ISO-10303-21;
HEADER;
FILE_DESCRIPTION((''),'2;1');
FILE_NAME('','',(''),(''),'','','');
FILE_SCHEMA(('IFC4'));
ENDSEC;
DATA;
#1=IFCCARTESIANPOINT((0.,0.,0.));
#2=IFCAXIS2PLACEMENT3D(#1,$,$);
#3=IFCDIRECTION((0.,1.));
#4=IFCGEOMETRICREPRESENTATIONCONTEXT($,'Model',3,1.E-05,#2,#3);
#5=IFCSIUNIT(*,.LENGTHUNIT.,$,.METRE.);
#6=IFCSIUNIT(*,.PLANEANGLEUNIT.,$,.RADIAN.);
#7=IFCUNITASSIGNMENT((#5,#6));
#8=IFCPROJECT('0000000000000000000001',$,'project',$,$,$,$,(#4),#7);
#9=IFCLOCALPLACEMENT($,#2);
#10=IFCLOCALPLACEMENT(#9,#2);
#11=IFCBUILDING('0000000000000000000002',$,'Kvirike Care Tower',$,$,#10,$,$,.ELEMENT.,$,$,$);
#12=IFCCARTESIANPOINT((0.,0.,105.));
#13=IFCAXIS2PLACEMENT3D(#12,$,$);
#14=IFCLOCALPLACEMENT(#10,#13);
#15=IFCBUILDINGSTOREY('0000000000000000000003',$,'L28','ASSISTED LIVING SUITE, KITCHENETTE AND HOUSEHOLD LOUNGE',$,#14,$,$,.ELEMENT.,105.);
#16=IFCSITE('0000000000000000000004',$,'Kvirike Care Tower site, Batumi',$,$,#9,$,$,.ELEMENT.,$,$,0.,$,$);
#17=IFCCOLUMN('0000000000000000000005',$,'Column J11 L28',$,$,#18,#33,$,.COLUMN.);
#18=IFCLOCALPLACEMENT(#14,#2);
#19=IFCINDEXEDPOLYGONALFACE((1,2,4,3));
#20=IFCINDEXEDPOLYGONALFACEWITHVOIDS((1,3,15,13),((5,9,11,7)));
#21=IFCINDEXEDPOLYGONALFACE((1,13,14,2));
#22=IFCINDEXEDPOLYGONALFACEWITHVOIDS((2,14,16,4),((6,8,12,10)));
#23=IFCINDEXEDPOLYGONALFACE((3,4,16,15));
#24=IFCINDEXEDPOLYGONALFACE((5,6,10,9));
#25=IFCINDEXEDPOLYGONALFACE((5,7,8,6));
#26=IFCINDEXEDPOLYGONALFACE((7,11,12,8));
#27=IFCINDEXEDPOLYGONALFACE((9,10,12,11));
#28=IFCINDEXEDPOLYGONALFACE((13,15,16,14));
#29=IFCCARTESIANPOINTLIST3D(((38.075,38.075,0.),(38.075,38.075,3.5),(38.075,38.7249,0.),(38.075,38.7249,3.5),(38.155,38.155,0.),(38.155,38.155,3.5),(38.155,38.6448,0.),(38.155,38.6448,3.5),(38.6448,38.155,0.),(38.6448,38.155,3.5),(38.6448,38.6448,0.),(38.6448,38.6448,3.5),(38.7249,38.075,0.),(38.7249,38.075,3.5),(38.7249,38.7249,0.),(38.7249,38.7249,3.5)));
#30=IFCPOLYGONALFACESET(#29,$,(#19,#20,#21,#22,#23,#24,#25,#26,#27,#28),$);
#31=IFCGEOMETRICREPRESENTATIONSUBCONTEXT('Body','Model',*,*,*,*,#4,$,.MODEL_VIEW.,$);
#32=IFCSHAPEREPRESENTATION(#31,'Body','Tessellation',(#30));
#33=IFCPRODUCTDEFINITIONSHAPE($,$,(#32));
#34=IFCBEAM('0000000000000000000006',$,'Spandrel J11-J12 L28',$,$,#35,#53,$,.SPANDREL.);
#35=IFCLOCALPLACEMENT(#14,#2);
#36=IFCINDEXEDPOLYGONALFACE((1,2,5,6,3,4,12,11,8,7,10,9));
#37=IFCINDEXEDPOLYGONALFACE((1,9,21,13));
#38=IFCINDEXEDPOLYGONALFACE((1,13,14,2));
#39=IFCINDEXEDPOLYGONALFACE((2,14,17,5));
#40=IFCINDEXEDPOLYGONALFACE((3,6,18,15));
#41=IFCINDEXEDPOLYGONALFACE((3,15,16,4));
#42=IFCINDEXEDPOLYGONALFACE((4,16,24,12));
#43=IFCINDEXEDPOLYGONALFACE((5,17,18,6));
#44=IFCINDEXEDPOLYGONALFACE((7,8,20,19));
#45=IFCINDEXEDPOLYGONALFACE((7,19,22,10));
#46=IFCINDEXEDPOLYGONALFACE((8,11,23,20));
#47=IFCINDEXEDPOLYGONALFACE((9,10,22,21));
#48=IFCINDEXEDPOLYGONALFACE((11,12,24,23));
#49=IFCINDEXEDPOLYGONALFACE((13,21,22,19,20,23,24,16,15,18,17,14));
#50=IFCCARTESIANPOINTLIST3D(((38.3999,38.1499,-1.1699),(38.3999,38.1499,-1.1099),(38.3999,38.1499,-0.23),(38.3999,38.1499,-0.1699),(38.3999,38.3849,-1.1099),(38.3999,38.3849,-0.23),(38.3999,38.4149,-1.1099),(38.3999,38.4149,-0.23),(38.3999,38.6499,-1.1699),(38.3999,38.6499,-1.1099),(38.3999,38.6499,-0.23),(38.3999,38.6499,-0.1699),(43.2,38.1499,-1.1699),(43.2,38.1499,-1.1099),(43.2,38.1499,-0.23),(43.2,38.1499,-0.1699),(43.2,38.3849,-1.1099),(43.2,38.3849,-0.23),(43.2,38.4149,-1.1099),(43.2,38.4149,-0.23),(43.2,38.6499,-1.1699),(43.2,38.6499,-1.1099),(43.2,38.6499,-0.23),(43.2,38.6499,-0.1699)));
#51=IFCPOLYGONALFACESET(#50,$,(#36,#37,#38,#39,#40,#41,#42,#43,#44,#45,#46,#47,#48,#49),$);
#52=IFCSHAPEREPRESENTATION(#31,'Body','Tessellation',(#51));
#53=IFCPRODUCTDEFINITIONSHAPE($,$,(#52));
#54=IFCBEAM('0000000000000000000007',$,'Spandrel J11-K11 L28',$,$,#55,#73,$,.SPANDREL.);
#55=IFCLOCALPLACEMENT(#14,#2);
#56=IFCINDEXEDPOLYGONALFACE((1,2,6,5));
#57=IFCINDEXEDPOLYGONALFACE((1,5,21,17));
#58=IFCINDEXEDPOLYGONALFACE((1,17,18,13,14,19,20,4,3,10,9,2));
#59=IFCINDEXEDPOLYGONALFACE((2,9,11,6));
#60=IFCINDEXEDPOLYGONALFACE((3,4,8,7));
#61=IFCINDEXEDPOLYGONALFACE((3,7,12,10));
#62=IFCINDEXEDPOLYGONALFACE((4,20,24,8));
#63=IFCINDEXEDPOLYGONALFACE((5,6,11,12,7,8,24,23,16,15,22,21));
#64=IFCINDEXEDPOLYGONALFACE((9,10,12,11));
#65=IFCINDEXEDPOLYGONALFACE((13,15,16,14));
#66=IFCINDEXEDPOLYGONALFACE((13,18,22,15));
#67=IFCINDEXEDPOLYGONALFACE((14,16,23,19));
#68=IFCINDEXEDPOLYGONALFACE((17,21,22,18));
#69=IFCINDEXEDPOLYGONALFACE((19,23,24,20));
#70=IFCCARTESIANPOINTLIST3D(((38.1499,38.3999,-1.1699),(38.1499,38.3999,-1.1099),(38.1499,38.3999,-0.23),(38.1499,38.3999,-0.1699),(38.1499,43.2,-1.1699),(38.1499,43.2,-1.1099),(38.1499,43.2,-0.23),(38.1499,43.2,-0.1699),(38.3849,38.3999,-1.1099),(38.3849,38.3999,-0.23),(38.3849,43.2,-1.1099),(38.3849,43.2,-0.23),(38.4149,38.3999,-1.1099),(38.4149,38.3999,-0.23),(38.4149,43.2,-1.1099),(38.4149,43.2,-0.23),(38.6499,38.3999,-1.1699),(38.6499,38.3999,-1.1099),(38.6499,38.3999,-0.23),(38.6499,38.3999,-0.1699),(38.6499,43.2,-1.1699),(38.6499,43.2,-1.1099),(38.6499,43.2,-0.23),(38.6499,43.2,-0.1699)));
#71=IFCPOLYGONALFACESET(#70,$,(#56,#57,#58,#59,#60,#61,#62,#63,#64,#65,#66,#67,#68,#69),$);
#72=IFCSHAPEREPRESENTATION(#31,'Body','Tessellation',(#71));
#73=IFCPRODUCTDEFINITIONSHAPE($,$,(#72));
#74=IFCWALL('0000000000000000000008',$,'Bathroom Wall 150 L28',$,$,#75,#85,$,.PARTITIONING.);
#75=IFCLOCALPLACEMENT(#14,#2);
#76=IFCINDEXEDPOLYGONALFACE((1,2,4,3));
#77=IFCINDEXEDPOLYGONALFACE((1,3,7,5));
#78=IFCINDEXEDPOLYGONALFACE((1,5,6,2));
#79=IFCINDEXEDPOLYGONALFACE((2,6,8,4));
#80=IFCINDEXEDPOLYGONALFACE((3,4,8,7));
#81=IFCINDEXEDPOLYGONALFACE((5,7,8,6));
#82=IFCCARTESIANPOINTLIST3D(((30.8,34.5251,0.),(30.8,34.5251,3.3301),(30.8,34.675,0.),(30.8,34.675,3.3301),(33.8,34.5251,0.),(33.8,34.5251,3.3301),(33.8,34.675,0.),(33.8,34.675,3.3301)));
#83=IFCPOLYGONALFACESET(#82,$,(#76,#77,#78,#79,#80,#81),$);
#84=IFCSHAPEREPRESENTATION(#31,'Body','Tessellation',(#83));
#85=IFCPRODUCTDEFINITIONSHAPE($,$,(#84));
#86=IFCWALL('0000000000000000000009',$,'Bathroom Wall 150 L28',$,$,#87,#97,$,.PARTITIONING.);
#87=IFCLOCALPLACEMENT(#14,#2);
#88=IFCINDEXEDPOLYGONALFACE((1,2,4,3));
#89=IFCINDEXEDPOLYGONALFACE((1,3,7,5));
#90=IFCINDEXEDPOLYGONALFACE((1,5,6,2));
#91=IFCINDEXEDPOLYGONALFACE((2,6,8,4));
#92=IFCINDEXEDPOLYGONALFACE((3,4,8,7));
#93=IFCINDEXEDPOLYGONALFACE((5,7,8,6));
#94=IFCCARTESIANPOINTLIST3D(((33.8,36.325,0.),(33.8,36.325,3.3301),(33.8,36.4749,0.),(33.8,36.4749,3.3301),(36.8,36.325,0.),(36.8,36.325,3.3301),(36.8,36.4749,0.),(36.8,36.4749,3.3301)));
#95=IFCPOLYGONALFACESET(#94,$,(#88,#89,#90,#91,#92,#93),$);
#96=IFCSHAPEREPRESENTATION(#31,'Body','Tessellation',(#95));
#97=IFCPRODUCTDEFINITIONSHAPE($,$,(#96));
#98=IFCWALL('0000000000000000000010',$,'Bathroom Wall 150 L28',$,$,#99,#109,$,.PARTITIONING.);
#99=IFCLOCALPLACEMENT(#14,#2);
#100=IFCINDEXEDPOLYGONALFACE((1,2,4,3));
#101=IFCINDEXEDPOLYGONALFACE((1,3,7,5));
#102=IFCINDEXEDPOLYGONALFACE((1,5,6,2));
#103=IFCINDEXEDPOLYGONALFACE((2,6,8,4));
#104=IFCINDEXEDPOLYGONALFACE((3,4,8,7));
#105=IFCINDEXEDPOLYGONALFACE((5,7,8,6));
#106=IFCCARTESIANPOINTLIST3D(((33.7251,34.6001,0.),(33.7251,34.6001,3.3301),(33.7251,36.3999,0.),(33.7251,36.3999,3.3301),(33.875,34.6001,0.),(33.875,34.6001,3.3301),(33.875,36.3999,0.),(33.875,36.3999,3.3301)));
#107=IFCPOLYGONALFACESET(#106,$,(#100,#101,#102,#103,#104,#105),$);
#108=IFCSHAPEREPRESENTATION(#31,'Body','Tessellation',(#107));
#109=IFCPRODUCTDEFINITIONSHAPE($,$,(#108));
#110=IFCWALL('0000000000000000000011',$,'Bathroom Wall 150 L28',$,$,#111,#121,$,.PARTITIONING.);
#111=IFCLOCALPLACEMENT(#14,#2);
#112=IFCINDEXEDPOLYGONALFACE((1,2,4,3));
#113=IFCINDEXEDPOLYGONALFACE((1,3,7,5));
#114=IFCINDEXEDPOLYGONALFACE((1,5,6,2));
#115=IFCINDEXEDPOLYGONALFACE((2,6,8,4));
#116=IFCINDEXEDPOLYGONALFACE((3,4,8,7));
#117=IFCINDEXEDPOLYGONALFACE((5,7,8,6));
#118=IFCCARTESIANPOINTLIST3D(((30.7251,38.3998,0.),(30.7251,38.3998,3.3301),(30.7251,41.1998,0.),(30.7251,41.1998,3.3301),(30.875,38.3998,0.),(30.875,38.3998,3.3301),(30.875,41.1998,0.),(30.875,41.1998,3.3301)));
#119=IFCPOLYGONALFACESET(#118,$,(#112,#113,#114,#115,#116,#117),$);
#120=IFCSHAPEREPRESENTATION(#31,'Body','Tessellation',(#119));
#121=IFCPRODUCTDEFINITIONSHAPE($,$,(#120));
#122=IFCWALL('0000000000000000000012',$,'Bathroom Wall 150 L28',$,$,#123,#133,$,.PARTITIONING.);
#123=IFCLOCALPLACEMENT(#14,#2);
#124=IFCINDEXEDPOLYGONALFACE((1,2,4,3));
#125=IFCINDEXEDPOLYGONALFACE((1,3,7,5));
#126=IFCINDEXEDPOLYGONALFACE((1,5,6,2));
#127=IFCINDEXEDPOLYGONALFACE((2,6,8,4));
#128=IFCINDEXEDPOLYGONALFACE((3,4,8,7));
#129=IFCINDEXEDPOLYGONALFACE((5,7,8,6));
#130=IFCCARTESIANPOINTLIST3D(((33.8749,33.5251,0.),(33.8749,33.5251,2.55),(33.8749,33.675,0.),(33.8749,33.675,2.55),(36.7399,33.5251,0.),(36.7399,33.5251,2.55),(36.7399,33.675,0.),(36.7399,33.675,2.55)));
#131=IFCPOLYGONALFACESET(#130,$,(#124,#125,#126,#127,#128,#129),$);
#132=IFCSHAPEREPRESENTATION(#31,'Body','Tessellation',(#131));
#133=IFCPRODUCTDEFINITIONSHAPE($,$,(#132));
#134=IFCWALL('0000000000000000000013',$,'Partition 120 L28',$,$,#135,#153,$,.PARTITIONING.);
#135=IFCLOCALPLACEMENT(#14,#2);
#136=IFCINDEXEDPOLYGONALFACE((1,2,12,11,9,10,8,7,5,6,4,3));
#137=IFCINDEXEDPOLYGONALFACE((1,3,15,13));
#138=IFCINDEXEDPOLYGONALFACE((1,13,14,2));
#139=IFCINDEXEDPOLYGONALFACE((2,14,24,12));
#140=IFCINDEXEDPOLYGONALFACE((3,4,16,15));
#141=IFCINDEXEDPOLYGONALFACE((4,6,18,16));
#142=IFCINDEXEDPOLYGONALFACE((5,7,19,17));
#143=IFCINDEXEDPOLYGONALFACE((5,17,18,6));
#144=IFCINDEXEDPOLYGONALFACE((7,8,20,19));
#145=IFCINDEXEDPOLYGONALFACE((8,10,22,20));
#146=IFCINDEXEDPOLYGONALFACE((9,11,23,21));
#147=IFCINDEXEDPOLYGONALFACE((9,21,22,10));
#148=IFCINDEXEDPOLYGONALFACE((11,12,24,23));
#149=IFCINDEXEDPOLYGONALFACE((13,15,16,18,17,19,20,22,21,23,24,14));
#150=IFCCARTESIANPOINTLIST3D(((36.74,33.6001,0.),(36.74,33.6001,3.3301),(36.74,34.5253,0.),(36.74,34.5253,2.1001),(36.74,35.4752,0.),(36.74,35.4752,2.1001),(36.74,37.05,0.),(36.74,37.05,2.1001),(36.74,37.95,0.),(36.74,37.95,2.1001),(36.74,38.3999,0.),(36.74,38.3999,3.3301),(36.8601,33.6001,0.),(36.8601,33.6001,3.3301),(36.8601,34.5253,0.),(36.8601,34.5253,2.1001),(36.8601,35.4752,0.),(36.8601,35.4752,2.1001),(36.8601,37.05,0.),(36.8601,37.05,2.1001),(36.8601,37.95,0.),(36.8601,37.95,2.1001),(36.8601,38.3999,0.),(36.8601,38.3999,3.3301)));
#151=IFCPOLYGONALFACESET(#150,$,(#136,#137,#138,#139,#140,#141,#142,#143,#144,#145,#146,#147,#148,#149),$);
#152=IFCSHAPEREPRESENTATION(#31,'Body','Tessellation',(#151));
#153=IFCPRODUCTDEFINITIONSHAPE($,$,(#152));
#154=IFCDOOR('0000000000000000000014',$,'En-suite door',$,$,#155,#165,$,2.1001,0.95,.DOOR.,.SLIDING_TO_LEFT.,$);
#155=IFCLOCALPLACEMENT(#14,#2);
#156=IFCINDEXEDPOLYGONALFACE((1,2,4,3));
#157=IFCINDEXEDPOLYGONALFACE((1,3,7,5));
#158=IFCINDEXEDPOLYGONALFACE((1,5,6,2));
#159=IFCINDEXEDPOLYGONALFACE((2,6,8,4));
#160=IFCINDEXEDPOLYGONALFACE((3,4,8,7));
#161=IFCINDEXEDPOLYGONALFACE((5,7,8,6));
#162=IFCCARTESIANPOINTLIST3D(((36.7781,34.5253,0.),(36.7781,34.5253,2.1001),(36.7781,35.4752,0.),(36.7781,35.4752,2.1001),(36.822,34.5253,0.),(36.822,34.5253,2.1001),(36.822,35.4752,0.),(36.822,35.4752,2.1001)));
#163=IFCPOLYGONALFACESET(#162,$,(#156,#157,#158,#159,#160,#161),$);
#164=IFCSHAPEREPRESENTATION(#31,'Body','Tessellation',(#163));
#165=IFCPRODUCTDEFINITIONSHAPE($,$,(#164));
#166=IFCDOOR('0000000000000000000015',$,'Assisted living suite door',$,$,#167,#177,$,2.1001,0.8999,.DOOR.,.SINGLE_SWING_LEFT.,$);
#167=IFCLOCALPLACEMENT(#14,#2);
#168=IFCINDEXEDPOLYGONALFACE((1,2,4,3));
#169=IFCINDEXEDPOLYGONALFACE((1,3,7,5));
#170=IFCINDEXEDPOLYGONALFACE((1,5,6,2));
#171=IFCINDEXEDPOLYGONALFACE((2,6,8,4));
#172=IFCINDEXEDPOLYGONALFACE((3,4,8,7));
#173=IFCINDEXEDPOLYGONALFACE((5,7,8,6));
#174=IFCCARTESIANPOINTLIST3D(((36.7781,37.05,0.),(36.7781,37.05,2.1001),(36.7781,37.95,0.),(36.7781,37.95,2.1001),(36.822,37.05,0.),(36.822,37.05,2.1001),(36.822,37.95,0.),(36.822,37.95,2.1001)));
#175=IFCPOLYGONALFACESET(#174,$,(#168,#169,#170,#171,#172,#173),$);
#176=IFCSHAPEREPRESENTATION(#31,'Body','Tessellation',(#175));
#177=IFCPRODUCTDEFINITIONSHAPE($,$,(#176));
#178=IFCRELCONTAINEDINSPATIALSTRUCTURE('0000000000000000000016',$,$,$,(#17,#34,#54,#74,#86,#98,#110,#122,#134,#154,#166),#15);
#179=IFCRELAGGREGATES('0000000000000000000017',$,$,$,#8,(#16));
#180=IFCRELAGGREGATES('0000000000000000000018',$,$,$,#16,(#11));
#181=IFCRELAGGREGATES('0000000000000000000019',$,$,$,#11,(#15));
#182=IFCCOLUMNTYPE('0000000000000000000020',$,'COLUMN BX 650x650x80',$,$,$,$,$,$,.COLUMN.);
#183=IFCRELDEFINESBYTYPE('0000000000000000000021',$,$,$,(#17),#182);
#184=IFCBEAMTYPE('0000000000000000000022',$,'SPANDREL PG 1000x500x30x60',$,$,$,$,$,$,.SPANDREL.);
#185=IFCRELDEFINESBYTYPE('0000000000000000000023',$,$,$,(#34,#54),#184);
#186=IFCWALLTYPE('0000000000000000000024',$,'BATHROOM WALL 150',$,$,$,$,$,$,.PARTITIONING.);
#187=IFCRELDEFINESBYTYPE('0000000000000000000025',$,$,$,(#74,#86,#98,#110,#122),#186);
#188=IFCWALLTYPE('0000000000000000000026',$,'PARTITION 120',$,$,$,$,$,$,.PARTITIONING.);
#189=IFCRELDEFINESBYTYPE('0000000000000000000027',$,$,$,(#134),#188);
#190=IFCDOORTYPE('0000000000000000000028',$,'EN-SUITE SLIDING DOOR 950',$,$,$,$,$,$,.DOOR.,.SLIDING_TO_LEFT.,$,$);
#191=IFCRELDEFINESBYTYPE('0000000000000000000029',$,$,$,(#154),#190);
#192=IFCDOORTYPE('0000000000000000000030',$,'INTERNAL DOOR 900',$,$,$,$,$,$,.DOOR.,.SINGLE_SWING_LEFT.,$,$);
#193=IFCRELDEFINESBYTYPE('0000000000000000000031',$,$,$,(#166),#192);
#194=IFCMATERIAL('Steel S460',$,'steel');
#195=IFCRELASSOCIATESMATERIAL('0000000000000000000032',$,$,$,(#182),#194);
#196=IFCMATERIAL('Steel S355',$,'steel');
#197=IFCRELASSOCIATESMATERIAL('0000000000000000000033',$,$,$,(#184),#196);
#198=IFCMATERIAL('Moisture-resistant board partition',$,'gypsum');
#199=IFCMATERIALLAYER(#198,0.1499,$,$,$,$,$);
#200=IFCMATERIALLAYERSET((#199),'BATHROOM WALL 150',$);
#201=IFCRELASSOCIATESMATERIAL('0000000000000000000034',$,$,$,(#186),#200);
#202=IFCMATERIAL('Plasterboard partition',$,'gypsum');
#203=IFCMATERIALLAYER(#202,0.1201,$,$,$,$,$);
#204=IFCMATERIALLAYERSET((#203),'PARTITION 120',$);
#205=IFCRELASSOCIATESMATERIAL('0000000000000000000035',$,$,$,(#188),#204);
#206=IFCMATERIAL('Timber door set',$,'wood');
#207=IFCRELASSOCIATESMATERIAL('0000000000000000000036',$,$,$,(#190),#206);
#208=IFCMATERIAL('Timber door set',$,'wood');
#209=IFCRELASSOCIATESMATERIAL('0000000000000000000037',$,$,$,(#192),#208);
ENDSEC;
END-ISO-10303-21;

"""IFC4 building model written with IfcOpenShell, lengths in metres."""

from ifc_helpers import new_model, si_unit, direction, frame, frame_2d, origin, origin_2d, place, context, subcontext, project, spatial, rectangle, hollow_rectangle, i_section, extrude, material, layer, layer_set, material_profile, profile_set, type_object, element, fill, save


model = new_model("IFC4")

# Units and contexts
model_context = context("Model", 3, precision=1e-05, world=origin(), true_north=direction((0.0, 1.0)))
body_context = subcontext(model_context, "Body", "Model", "MODEL_VIEW")
ifc_project = project(units=[si_unit("LENGTHUNIT", "METRE"), si_unit("PLANEANGLEUNIT", "RADIAN")], contexts=[model_context])

# Site, building, storey
site_placement = place(None, origin())
site = spatial("IfcSite", under=ifc_project, at=site_placement, Name="Kvirike Care Tower site, Batumi", CompositionType="ELEMENT", RefElevation=0.0)
building_placement = place(site_placement, origin())
building = spatial("IfcBuilding", under=site, at=building_placement, Name="Kvirike Care Tower", CompositionType="ELEMENT")
storey_placement = place(building_placement, frame((0.0, 0.0, 105.0)))
storey = spatial("IfcBuildingStorey", under=building, at=storey_placement, Name="L28", Description="ASSISTED LIVING SUITE, KITCHENETTE AND HOUSEHOLD LOUNGE", CompositionType="ELEMENT", Elevation=105.0)

# Column
ifc_material_1 = material(Name="Steel S460", Category="steel")
ifc_material_profile_1 = material_profile(ifc_material_1, hollow_rectangle(XDim=0.6499, YDim=0.6499, WallThickness=0.0801, at=origin_2d()), Name="BX 650x650x80")
ifc_profile_set_1 = profile_set([ifc_material_profile_1], Name="Steel S460")
column_type = type_object("IfcColumnType", Name="COLUMN BX 650x650x80", PredefinedType="COLUMN", material=ifc_profile_set_1)
column_placement = place(storey_placement, frame((38.3999, 38.3999, 0.0), z_axis=(0.0, 0.0, 1.0), x_axis=(0.0, 1.0, 0.0)))
element("IfcColumn", 1, at=column_placement, inside=storey, type_object=column_type, Name="Column J11 L28", PredefinedType="COLUMN", context=body_context, shape_type="SweptSolid", body=[
    extrude(hollow_rectangle(XDim=0.6499, YDim=0.6499, WallThickness=0.0801, at=origin_2d()), origin(), (0.0, 0.0, 1.0), 3.5),
])

# Beams
ifc_material_2 = material(Name="Steel S355", Category="steel")
ifc_material_profile_2 = material_profile(ifc_material_2, i_section(OverallWidth=0.5, OverallDepth=1.0, WebThickness=0.03, FlangeThickness=0.0601, at=origin_2d()), Name="PG 1000x500x30x60")
ifc_profile_set_2 = profile_set([ifc_material_profile_2], Name="Steel S355")
beam_type = type_object("IfcBeamType", Name="SPANDREL PG 1000x500x30x60", PredefinedType="SPANDREL", material=ifc_profile_set_2)
for number, where, z_axis, x_axis, name in (
    (2, (38.3999, 38.3999, -0.6699), (1.0, 0.0, 0.0), (0.0, 1.0, 0.0), "Spandrel J11-J12 L28"),
    (3, (38.3999, 38.3999, -0.6699), (0.0, 1.0, 0.0), (-1.0, 0.0, 0.0), "Spandrel J11-K11 L28"),
):
    element("IfcBeam", number, at=place(storey_placement, frame(where, z_axis=z_axis, x_axis=x_axis)), inside=storey, type_object=beam_type, Name=name, PredefinedType="SPANDREL", context=body_context, shape_type="SweptSolid", body=[
        extrude(i_section(OverallWidth=0.5, OverallDepth=1.0, WebThickness=0.03, FlangeThickness=0.0601, at=origin_2d()), origin(), (0.0, 0.0, 1.0), 4.8),
    ])

# Walls
ifc_material_3 = material(Name="Moisture-resistant board partition", Category="gypsum")
ifc_layer_1 = layer(ifc_material_3, 0.1499)
ifc_layer_set_1 = layer_set([ifc_layer_1], Name="BATHROOM WALL 150")
wall_type_1 = type_object("IfcWallType", Name="BATHROOM WALL 150", PredefinedType="PARTITIONING", material=ifc_layer_set_1)
for number, where, z_axis, x_axis, name in (
    (4, (33.8, 34.6001, 0.0), (0.0, 0.0, 1.0), (-1.0, 0.0, 0.0), "Bathroom Wall 150 L28"),
    (5, (36.8, 36.3999, 0.0), (0.0, 0.0, 1.0), (-1.0, 0.0, 0.0), "Bathroom Wall 150 L28"),
):
    element("IfcWall", number, at=place(storey_placement, frame(where, z_axis=z_axis, x_axis=x_axis)), inside=storey, type_object=wall_type_1, Name=name, PredefinedType="PARTITIONING", context=body_context, shape_type="SweptSolid", body=[
        extrude(rectangle(XDim=3.0, YDim=0.1499, at=frame_2d((1.5, 0.0))), origin(), (0.0, 0.0, 1.0), 3.3301),
    ])
wall_1_placement = place(storey_placement, frame((33.8, 34.6001, 0.0), z_axis=(0.0, 0.0, 1.0), x_axis=(0.0, 1.0, 0.0)))
element("IfcWall", 6, at=wall_1_placement, inside=storey, type_object=wall_type_1, Name="Bathroom Wall 150 L28", PredefinedType="PARTITIONING", context=body_context, shape_type="SweptSolid", body=[
    extrude(rectangle(XDim=1.7998, YDim=0.1499, at=frame_2d((0.8999, 0.0))), origin(), (0.0, 0.0, 1.0), 3.3301),
])
wall_2_placement = place(storey_placement, frame((30.8, 38.3999, 0.0), z_axis=(0.0, 0.0, 1.0), x_axis=(0.0, 1.0, 0.0)))
element("IfcWall", 7, at=wall_2_placement, inside=storey, type_object=wall_type_1, Name="Bathroom Wall 150 L28", PredefinedType="PARTITIONING", context=body_context, shape_type="SweptSolid", body=[
    extrude(rectangle(XDim=2.8, YDim=0.1499, at=frame_2d((1.3999, 0.0))), origin(), (0.0, 0.0, 1.0), 3.3301),
])
wall_3_placement = place(storey_placement, frame((36.74, 33.6001, 0.0), z_axis=(0.0, 0.0, 1.0), x_axis=(-1.0, 0.0, 0.0)))
element("IfcWall", 8, at=wall_3_placement, inside=storey, type_object=wall_type_1, Name="Bathroom Wall 150 L28", PredefinedType="PARTITIONING", context=body_context, shape_type="SweptSolid", body=[
    extrude(rectangle(XDim=2.865, YDim=0.1499, at=frame_2d((1.4326, 0.0))), origin(), (0.0, 0.0, 1.0), 2.55),
])

# Wall, openings, doors
ifc_material_4 = material(Name="Plasterboard partition", Category="gypsum")
ifc_layer_2 = layer(ifc_material_4, 0.1201)
ifc_layer_set_2 = layer_set([ifc_layer_2], Name="PARTITION 120")
wall_type_2 = type_object("IfcWallType", Name="PARTITION 120", PredefinedType="PARTITIONING", material=ifc_layer_set_2)
wall_4_placement = place(storey_placement, frame((36.8, 33.6001, 0.0), z_axis=(0.0, 0.0, 1.0), x_axis=(0.0, 1.0, 0.0)))
wall_4 = element("IfcWall", 9, at=wall_4_placement, inside=storey, type_object=wall_type_2, Name="Partition 120 L28", PredefinedType="PARTITIONING", context=body_context, shape_type="SweptSolid", body=[
    extrude(rectangle(XDim=4.7998, YDim=0.1201, at=frame_2d((2.3999, 0.0))), origin(), (0.0, 0.0, 1.0), 3.3301),
])
opening_1_placement = place(wall_4_placement, frame((3.45, 0.0, 0.0)))
opening_1 = element("IfcOpeningElement", 10, at=opening_1_placement, cuts=wall_4, PredefinedType="OPENING", context=body_context, shape_type="SweptSolid", body=[
    extrude(rectangle(XDim=0.8999, YDim=2.1001, at=frame_2d((0.45, 1.05))), frame((0.0, 0.0706, 0.0), z_axis=(0.0, -1.0, 0.0), x_axis=(1.0, 0.0, 0.0)), (0.0, 0.0, 1.0), 0.1411),
])
opening_2_placement = place(wall_4_placement, frame((0.925, 0.0, 0.0)))
opening_2 = element("IfcOpeningElement", 11, at=opening_2_placement, cuts=wall_4, PredefinedType="OPENING", context=body_context, shape_type="SweptSolid", body=[
    extrude(rectangle(XDim=0.95, YDim=2.1001, at=frame_2d((0.4751, 1.05))), frame((0.0, 0.0706, 0.0), z_axis=(0.0, -1.0, 0.0), x_axis=(1.0, 0.0, 0.0)), (0.0, 0.0, 1.0), 0.1411),
])
ifc_material_5 = material(Name="Timber door set", Category="wood")
door_type_1 = type_object("IfcDoorType", Name="EN-SUITE SLIDING DOOR 950", OperationType="SLIDING_TO_LEFT", PredefinedType="DOOR", material=ifc_material_5)
door_1_placement = place(opening_2_placement, origin())
door_1 = element("IfcDoor", 12, at=door_1_placement, inside=storey, type_object=door_type_1, Name="En-suite door", OperationType="SLIDING_TO_LEFT", OverallHeight=2.1001, OverallWidth=0.95, PredefinedType="DOOR", context=body_context, shape_type="SweptSolid", body=[
    extrude(rectangle(XDim=0.95, YDim=2.1001, at=frame_2d((0.4751, 1.05))), frame((0.0, 0.022, 0.0), z_axis=(0.0, -1.0, 0.0), x_axis=(1.0, 0.0, 0.0)), (0.0, 0.0, 1.0), 0.0439),
])
fill(opening_2, door_1)
ifc_material_6 = material(Name="Timber door set", Category="wood")
door_type_2 = type_object("IfcDoorType", Name="INTERNAL DOOR 900", OperationType="SINGLE_SWING_LEFT", PredefinedType="DOOR", material=ifc_material_6)
door_2_placement = place(opening_1_placement, origin())
door_2 = element("IfcDoor", 13, at=door_2_placement, inside=storey, type_object=door_type_2, Name="Assisted living suite door", OperationType="SINGLE_SWING_LEFT", OverallHeight=2.1001, OverallWidth=0.8999, PredefinedType="DOOR", context=body_context, shape_type="SweptSolid", body=[
    extrude(rectangle(XDim=0.8999, YDim=2.1001, at=frame_2d((0.45, 1.05))), frame((0.0, 0.022, 0.0), z_axis=(0.0, -1.0, 0.0), x_axis=(1.0, 0.0, 0.0)), (0.0, 0.0, 1.0), 0.0439),
])
fill(opening_1, door_2)

save(model, "model.ifc")
